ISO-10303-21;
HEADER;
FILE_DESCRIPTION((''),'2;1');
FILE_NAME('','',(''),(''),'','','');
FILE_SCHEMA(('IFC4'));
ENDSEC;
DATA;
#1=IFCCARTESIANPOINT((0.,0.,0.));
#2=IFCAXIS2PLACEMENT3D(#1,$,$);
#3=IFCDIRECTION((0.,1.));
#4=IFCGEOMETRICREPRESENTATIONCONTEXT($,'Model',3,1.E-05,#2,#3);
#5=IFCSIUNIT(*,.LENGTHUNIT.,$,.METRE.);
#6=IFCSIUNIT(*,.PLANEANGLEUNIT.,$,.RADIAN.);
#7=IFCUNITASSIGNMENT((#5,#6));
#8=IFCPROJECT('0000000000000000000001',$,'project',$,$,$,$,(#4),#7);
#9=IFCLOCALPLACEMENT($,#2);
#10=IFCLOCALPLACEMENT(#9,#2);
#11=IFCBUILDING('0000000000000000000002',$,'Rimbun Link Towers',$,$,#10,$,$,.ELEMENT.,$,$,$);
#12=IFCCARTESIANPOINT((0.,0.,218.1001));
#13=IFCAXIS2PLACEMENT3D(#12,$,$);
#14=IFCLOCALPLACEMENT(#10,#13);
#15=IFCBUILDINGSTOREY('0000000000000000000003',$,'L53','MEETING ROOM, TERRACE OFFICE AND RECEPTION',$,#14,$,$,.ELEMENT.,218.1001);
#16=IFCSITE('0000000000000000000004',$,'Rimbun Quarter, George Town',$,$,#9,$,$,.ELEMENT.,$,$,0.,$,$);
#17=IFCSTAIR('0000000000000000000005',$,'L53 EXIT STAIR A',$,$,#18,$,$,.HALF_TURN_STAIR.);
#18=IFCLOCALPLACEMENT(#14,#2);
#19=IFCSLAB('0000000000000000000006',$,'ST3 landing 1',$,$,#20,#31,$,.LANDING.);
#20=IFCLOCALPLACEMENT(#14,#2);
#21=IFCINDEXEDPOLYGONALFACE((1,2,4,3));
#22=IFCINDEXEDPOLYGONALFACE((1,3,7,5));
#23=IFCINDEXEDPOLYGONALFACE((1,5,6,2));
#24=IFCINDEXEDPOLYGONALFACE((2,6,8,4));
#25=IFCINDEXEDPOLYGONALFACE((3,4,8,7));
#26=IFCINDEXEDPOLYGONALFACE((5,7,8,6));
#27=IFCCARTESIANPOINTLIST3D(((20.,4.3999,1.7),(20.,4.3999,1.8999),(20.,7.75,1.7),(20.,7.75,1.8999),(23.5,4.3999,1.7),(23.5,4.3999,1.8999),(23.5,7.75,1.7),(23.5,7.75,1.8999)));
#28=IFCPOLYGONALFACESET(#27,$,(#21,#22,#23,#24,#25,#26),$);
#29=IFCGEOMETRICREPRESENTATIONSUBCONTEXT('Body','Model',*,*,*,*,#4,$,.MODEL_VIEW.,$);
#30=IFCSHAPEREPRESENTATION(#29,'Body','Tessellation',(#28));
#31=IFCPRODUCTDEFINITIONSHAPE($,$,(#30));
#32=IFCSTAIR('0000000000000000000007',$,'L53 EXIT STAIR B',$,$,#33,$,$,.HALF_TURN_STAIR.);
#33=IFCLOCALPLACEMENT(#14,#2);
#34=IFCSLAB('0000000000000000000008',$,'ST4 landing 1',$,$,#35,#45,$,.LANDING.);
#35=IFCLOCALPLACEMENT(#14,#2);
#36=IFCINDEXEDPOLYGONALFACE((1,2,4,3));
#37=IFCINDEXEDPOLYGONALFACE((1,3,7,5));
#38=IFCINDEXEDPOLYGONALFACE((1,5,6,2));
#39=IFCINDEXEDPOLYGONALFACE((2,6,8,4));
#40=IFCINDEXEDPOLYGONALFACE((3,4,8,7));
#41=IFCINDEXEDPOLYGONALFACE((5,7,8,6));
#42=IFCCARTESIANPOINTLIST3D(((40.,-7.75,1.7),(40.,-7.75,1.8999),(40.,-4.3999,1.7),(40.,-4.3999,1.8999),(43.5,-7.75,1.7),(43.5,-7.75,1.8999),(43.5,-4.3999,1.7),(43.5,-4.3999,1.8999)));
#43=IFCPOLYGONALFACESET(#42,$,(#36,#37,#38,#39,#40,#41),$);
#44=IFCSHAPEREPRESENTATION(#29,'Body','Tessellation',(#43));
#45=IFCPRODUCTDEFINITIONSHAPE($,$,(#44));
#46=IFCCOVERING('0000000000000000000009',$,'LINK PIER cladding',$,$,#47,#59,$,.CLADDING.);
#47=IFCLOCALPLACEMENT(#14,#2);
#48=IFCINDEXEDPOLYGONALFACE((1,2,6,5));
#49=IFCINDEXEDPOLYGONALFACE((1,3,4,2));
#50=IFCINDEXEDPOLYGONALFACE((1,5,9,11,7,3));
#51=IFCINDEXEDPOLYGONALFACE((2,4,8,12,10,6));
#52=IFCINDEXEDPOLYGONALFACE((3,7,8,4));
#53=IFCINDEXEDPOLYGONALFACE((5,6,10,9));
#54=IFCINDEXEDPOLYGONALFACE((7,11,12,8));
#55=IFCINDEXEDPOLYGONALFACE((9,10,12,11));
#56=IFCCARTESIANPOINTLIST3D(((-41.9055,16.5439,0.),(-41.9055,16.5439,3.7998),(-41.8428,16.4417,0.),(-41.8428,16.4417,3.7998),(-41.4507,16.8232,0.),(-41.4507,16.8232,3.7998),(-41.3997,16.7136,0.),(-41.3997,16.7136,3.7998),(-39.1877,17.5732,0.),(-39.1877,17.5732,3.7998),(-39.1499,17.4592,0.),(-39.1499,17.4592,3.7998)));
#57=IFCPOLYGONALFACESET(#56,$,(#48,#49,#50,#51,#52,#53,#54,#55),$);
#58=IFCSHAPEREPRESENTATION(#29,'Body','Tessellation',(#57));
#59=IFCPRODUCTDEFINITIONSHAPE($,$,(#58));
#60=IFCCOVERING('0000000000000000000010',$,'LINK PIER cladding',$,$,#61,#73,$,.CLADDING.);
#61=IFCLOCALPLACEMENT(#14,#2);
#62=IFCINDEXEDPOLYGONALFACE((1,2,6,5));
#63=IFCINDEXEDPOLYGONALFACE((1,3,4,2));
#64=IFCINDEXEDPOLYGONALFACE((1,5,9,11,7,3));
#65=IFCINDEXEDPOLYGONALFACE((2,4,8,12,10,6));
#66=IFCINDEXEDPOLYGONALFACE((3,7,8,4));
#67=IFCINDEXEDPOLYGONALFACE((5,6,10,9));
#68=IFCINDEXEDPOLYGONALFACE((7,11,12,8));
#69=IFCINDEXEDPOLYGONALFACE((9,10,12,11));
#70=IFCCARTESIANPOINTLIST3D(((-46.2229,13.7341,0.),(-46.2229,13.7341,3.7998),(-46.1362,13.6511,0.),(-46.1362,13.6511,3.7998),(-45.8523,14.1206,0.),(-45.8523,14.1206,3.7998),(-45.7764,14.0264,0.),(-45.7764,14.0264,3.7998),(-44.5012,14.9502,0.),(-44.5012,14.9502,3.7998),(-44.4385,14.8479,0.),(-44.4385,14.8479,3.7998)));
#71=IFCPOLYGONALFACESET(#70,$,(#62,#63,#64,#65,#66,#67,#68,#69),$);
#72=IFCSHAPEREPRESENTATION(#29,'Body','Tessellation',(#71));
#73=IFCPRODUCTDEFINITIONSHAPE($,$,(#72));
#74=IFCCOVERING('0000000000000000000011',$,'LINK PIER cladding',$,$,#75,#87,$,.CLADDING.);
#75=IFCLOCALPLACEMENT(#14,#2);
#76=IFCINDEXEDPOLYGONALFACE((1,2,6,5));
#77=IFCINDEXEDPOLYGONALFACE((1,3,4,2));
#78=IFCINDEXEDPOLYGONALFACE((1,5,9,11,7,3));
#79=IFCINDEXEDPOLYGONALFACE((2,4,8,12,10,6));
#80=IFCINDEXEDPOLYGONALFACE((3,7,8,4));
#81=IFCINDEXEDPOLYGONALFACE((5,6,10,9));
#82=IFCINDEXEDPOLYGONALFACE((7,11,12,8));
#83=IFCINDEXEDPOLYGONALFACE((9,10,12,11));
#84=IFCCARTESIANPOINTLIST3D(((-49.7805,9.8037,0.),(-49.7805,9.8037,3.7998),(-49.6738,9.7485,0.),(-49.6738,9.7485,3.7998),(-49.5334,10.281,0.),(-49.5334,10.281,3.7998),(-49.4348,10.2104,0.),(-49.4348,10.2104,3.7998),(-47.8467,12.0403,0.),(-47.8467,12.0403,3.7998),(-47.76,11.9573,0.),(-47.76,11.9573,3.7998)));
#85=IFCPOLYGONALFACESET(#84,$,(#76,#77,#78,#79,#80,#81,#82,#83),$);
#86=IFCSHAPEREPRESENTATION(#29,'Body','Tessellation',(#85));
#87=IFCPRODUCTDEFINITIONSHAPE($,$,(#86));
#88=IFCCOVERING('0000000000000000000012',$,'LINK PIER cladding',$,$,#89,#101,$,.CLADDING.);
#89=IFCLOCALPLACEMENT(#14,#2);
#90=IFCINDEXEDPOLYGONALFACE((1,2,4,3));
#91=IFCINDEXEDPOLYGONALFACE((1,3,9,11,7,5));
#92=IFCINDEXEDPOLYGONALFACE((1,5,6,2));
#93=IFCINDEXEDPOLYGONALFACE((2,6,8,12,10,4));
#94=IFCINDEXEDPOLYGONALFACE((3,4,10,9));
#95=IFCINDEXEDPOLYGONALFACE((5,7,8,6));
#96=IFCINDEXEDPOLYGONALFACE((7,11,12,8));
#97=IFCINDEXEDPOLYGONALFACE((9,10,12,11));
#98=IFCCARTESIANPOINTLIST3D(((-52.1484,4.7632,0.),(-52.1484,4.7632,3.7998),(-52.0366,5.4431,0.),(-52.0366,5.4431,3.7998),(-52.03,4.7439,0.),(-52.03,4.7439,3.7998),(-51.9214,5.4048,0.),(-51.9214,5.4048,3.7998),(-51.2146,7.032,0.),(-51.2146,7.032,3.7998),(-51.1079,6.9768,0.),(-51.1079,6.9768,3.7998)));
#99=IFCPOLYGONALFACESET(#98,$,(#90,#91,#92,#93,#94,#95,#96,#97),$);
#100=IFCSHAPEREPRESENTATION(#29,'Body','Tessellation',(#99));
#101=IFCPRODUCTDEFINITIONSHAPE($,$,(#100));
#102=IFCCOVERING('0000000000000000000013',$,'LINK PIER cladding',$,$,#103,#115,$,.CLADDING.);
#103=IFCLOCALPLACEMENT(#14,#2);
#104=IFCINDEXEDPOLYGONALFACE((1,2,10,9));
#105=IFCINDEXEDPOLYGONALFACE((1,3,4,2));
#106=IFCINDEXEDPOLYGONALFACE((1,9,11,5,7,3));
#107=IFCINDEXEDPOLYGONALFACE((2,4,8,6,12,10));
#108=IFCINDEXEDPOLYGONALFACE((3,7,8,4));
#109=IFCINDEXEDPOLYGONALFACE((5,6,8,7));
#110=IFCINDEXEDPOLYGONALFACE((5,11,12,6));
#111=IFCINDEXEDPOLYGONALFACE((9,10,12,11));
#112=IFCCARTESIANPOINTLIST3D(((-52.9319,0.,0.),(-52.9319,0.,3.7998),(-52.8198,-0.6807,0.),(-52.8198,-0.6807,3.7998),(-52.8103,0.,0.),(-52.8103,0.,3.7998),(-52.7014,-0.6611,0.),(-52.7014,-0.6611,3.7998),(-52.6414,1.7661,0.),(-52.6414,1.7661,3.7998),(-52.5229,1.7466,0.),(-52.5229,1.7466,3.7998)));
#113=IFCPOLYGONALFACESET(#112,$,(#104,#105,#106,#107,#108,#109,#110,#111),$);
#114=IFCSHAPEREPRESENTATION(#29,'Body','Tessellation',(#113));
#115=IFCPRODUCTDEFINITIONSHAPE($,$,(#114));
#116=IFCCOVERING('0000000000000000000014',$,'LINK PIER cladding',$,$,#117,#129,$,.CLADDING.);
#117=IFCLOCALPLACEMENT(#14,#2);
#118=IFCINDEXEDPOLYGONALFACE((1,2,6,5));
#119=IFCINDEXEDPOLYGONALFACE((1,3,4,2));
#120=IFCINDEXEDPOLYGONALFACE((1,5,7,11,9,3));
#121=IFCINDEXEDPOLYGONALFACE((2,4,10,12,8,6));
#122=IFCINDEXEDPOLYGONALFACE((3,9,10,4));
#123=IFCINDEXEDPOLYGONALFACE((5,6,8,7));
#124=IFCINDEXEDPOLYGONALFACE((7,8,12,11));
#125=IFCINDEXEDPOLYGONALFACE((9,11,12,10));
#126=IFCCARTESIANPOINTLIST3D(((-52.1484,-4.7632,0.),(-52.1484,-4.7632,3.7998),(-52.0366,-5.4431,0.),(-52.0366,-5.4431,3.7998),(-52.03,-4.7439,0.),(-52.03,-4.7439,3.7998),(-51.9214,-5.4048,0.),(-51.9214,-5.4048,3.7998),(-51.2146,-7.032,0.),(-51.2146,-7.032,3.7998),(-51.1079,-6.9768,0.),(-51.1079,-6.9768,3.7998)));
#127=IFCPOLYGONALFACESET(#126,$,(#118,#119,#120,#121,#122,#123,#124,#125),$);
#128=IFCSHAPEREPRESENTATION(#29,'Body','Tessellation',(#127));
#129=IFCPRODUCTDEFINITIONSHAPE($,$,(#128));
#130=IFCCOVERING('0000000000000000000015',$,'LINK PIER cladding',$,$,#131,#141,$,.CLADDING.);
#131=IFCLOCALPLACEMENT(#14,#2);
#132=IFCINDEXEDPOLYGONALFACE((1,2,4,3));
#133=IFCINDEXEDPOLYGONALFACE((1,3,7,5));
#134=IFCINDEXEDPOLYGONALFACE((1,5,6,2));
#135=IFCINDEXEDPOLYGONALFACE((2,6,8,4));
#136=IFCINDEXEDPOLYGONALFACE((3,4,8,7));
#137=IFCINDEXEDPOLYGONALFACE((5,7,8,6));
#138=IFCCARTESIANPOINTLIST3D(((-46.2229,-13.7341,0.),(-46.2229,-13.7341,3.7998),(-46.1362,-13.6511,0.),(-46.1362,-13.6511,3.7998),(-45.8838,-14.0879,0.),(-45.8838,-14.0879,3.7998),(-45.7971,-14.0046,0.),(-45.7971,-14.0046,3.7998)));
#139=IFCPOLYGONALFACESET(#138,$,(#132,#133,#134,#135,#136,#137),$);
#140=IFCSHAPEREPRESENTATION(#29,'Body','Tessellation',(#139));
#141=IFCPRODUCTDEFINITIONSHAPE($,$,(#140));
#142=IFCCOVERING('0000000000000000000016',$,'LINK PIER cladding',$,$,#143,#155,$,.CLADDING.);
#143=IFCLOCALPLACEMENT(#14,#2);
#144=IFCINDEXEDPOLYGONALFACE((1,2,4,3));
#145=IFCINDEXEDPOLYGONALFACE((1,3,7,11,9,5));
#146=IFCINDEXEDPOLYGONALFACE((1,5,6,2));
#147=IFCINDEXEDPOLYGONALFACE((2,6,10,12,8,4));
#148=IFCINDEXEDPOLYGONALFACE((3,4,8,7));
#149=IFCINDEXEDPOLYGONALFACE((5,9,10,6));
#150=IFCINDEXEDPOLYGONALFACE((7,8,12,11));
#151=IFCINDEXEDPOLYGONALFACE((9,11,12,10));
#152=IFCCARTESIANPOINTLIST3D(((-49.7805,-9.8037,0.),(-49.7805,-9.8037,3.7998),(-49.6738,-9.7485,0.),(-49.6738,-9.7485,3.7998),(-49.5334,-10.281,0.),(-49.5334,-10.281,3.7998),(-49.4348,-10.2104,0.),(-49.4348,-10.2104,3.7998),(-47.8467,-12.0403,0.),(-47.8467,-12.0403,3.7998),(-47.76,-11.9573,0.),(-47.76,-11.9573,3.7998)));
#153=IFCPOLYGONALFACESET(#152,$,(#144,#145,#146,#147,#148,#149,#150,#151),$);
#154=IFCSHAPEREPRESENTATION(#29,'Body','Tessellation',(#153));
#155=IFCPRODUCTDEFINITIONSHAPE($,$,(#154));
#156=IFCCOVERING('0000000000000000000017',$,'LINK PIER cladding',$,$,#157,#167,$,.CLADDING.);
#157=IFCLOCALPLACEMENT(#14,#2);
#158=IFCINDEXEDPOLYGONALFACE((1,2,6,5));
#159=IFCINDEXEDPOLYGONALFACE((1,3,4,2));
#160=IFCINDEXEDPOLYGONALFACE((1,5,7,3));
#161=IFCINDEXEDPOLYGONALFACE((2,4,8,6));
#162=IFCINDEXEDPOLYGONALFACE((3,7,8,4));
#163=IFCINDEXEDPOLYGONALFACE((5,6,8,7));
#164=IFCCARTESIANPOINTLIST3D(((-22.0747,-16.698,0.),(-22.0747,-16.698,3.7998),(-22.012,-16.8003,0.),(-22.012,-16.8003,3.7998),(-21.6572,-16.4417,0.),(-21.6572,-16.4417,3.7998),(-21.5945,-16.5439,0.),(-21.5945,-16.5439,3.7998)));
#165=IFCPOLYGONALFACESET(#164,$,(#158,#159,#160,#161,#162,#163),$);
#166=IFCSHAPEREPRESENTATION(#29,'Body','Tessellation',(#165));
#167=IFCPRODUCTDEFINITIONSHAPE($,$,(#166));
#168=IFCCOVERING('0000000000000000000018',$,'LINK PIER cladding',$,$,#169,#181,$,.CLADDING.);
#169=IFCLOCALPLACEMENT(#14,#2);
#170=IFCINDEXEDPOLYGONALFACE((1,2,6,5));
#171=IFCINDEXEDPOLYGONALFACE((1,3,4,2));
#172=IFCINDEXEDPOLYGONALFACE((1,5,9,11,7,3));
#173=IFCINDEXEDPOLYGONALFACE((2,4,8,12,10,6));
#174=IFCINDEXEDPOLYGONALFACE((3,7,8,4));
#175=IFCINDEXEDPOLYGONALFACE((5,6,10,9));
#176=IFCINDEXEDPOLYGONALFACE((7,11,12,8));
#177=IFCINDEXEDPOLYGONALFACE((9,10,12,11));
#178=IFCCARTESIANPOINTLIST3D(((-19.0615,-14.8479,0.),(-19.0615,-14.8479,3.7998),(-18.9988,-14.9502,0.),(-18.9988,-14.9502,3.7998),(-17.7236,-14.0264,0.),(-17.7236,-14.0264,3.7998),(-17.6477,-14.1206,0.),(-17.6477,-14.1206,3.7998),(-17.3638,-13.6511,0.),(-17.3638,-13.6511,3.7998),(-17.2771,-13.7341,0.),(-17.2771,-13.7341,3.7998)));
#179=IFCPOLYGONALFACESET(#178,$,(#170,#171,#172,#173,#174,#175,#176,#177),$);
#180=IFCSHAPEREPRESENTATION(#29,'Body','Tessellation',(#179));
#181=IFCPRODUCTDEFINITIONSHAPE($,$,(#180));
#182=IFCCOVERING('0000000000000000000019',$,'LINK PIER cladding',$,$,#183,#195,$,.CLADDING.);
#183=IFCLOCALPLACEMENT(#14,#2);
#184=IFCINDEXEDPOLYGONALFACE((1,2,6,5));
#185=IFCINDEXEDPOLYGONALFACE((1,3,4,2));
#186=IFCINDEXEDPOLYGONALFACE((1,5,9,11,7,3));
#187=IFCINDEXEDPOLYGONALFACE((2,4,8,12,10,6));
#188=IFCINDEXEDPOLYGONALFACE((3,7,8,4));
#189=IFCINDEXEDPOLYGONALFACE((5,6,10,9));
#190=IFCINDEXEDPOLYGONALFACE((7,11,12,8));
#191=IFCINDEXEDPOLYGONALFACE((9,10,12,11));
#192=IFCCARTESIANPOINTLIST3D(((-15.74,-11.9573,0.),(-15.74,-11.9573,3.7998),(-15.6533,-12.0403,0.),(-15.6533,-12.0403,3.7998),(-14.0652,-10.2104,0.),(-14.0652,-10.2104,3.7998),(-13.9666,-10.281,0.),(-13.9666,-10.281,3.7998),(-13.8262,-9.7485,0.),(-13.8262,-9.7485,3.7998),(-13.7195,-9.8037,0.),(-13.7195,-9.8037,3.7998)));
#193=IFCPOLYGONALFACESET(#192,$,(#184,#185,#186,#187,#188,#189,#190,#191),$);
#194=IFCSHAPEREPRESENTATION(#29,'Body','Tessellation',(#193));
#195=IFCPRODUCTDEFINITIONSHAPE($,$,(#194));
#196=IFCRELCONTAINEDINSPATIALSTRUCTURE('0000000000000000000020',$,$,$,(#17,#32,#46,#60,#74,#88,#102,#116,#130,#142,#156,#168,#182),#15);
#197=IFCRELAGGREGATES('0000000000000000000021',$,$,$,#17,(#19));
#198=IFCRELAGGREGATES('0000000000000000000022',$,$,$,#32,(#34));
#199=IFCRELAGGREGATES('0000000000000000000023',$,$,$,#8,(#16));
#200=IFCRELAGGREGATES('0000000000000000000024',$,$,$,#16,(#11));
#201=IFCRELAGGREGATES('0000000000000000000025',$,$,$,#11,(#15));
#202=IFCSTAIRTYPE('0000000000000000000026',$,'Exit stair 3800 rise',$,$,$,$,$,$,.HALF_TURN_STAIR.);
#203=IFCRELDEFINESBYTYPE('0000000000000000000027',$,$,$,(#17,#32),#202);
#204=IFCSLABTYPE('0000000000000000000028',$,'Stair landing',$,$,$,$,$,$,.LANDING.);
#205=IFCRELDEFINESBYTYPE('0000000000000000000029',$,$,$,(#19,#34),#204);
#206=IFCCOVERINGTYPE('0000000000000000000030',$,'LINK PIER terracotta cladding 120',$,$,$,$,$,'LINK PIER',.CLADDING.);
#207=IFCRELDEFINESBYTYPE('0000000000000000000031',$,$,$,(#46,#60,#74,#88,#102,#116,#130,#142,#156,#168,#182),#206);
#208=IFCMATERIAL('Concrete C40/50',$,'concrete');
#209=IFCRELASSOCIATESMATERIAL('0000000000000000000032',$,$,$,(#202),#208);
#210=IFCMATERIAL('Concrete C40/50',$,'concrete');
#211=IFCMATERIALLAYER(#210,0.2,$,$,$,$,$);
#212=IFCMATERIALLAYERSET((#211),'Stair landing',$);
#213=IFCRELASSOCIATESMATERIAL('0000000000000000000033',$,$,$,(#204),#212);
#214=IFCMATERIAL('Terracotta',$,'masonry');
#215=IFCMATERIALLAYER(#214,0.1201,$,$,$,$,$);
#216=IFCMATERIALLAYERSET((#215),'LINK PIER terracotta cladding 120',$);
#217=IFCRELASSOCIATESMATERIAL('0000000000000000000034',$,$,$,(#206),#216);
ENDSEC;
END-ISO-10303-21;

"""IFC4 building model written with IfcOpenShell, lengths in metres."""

from ifc_helpers import new_model, si_unit, direction, frame, origin, place, context, subcontext, project, spatial, polyline, outline, extrude, material, layer, layer_set, type_object, element, aggregate, save


model = new_model("IFC4")

# Units and contexts
model_context = context("Model", 3, precision=1e-05, world=origin(), true_north=direction((0.0, 1.0)))
body_context = subcontext(model_context, "Body", "Model", "MODEL_VIEW")
ifc_project = project(units=[si_unit("LENGTHUNIT", "METRE"), si_unit("PLANEANGLEUNIT", "RADIAN")], contexts=[model_context])

# Site, building, storey
site_placement = place(None, origin())
site = spatial("IfcSite", under=ifc_project, at=site_placement, Name="Rimbun Quarter, George Town", CompositionType="ELEMENT", RefElevation=0.0)
building_placement = place(site_placement, origin())
building = spatial("IfcBuilding", under=site, at=building_placement, Name="Rimbun Link Towers", CompositionType="ELEMENT")
storey_placement = place(building_placement, frame((0.0, 0.0, 218.1001)))
storey = spatial("IfcBuildingStorey", under=building, at=storey_placement, Name="L53", Description="MEETING ROOM, TERRACE OFFICE AND RECEPTION", CompositionType="ELEMENT", Elevation=218.1001)

# Stairs, slabs
ifc_material_1 = material(Name="Concrete C40/50", Category="concrete")
stair_type = type_object("IfcStairType", Name="Exit stair 3800 rise", PredefinedType="HALF_TURN_STAIR", material=ifc_material_1)
ifc_material_2 = material(Name="Concrete C40/50", Category="concrete")
ifc_layer_1 = layer(ifc_material_2, 0.2)
ifc_layer_set_1 = layer_set([ifc_layer_1], Name="Stair landing")
slab_type = type_object("IfcSlabType", Name="Stair landing", PredefinedType="LANDING", material=ifc_layer_set_1)
stair_1_placement = place(storey_placement, origin())
stair_1 = element("IfcStair", 1, at=stair_1_placement, inside=storey, type_object=stair_type, Name="L53 EXIT STAIR A", PredefinedType="HALF_TURN_STAIR")
slab_1_placement = place(storey_placement, frame((0.0, 0.0, 1.7)))
slab_1 = element("IfcSlab", 2, at=slab_1_placement, type_object=slab_type, Name="ST3 landing 1", PredefinedType="LANDING", context=body_context, shape_type="SweptSolid", body=[
    extrude(outline(polyline([(23.5, 7.75), (20.0, 7.75), (20.0, 4.3999), (23.5, 4.3999), (23.5, 7.75)])), origin(), (0.0, 0.0, 1.0), 0.2),
])
aggregate(stair_1, [slab_1])
stair_2_placement = place(storey_placement, origin())
stair_2 = element("IfcStair", 3, at=stair_2_placement, inside=storey, type_object=stair_type, Name="L53 EXIT STAIR B", PredefinedType="HALF_TURN_STAIR")
slab_2_placement = place(storey_placement, frame((0.0, 0.0, 1.7)))
slab_2 = element("IfcSlab", 4, at=slab_2_placement, type_object=slab_type, Name="ST4 landing 1", PredefinedType="LANDING", context=body_context, shape_type="SweptSolid", body=[
    extrude(outline(polyline([(40.0, -7.75), (43.5, -7.75), (43.5, -4.3999), (40.0, -4.3999), (40.0, -7.75)])), origin(), (0.0, 0.0, 1.0), 0.2),
])
aggregate(stair_2, [slab_2])

# Coverings
ifc_material_3 = material(Name="Terracotta", Category="masonry")
ifc_layer_2 = layer(ifc_material_3, 0.1201)
ifc_layer_set_2 = layer_set([ifc_layer_2], Name="LINK PIER terracotta cladding 120")
covering_type_1 = type_object("IfcCoveringType", Name="LINK PIER terracotta cladding 120", ElementType="LINK PIER", PredefinedType="CLADDING", material=ifc_layer_set_2)
covering_1_placement = place(storey_placement, origin())
element("IfcCovering", 5, at=covering_1_placement, inside=storey, type_object=covering_type_1, Name="LINK PIER cladding", PredefinedType="CLADDING", context=body_context, shape_type="SweptSolid", body=[
    extrude(outline(polyline([(-41.8428, 16.4417), (-41.3997, 16.7136), (-39.1499, 17.4592), (-39.1877, 17.5732), (-41.4507, 16.8232), (-41.9055, 16.5439), (-41.8428, 16.4417)])), origin(), (0.0, 0.0, 1.0), 3.7998),
])
covering_2_placement = place(storey_placement, origin())
element("IfcCovering", 6, at=covering_2_placement, inside=storey, type_object=covering_type_1, Name="LINK PIER cladding", PredefinedType="CLADDING", context=body_context, shape_type="SweptSolid", body=[
    extrude(outline(polyline([(-46.1362, 13.6511), (-45.7764, 14.0264), (-44.4385, 14.8479), (-44.5012, 14.9502), (-45.8523, 14.1206), (-46.2229, 13.7341), (-46.1362, 13.6511)])), origin(), (0.0, 0.0, 1.0), 3.7998),
])
covering_3_placement = place(storey_placement, origin())
element("IfcCovering", 7, at=covering_3_placement, inside=storey, type_object=covering_type_1, Name="LINK PIER cladding", PredefinedType="CLADDING", context=body_context, shape_type="SweptSolid", body=[
    extrude(outline(polyline([(-49.6738, 9.7485), (-49.4348, 10.2104), (-47.76, 11.9573), (-47.8467, 12.0403), (-49.5334, 10.281), (-49.7805, 9.8037), (-49.6738, 9.7485)])), origin(), (0.0, 0.0, 1.0), 3.7998),
])
covering_4_placement = place(storey_placement, origin())
element("IfcCovering", 8, at=covering_4_placement, inside=storey, type_object=covering_type_1, Name="LINK PIER cladding", PredefinedType="CLADDING", context=body_context, shape_type="SweptSolid", body=[
    extrude(outline(polyline([(-52.03, 4.7439), (-51.9214, 5.4048), (-51.1079, 6.9768), (-51.2146, 7.032), (-52.0366, 5.4431), (-52.1484, 4.7632), (-52.03, 4.7439)])), origin(), (0.0, 0.0, 1.0), 3.7998),
])
covering_5_placement = place(storey_placement, origin())
element("IfcCovering", 9, at=covering_5_placement, inside=storey, type_object=covering_type_1, Name="LINK PIER cladding", PredefinedType="CLADDING", context=body_context, shape_type="SweptSolid", body=[
    extrude(outline(polyline([(-52.7014, -0.6611), (-52.8103, 0.0), (-52.5229, 1.7466), (-52.6414, 1.7661), (-52.9319, 0.0), (-52.8198, -0.6807), (-52.7014, -0.6611)])), origin(), (0.0, 0.0, 1.0), 3.7998),
])
covering_6_placement = place(storey_placement, origin())
element("IfcCovering", 10, at=covering_6_placement, inside=storey, type_object=covering_type_1, Name="LINK PIER cladding", PredefinedType="CLADDING", context=body_context, shape_type="SweptSolid", body=[
    extrude(outline(polyline([(-51.1079, -6.9768), (-51.9214, -5.4048), (-52.03, -4.7439), (-52.1484, -4.7632), (-52.0366, -5.4431), (-51.2146, -7.032), (-51.1079, -6.9768)])), origin(), (0.0, 0.0, 1.0), 3.7998),
])
covering_7_placement = place(storey_placement, origin())
element("IfcCovering", 11, at=covering_7_placement, inside=storey, type_object=covering_type_1, Name="LINK PIER cladding", PredefinedType="CLADDING", context=body_context, shape_type="SweptSolid", body=[
    extrude(outline(polyline([(-45.7971, -14.0046), (-46.1362, -13.6511), (-46.2229, -13.7341), (-45.8838, -14.0879), (-45.7971, -14.0046)])), origin(), (0.0, 0.0, 1.0), 3.7998),
])
covering_8_placement = place(storey_placement, origin())
element("IfcCovering", 12, at=covering_8_placement, inside=storey, type_object=covering_type_1, Name="LINK PIER cladding", PredefinedType="CLADDING", context=body_context, shape_type="SweptSolid", body=[
    extrude(outline(polyline([(-47.76, -11.9573), (-49.4348, -10.2104), (-49.6738, -9.7485), (-49.7805, -9.8037), (-49.5334, -10.281), (-47.8467, -12.0403), (-47.76, -11.9573)])), origin(), (0.0, 0.0, 1.0), 3.7998),
])
covering_9_placement = place(storey_placement, origin())
element("IfcCovering", 13, at=covering_9_placement, inside=storey, type_object=covering_type_1, Name="LINK PIER cladding", PredefinedType="CLADDING", context=body_context, shape_type="SweptSolid", body=[
    extrude(outline(polyline([(-21.6572, -16.4417), (-22.0747, -16.698), (-22.012, -16.8003), (-21.5945, -16.5439), (-21.6572, -16.4417)])), origin(), (0.0, 0.0, 1.0), 3.7998),
])
covering_10_placement = place(storey_placement, origin())
element("IfcCovering", 14, at=covering_10_placement, inside=storey, type_object=covering_type_1, Name="LINK PIER cladding", PredefinedType="CLADDING", context=body_context, shape_type="SweptSolid", body=[
    extrude(outline(polyline([(-17.3638, -13.6511), (-17.7236, -14.0264), (-19.0615, -14.8479), (-18.9988, -14.9502), (-17.6477, -14.1206), (-17.2771, -13.7341), (-17.3638, -13.6511)])), origin(), (0.0, 0.0, 1.0), 3.7998),
])
covering_11_placement = place(storey_placement, origin())
element("IfcCovering", 15, at=covering_11_placement, inside=storey, type_object=covering_type_1, Name="LINK PIER cladding", PredefinedType="CLADDING", context=body_context, shape_type="SweptSolid", body=[
    extrude(outline(polyline([(-13.8262, -9.7485), (-14.0652, -10.2104), (-15.74, -11.9573), (-15.6533, -12.0403), (-13.9666, -10.281), (-13.7195, -9.8037), (-13.8262, -9.7485)])), origin(), (0.0, 0.0, 1.0), 3.7998),
])

save(model, "model.ifc")
